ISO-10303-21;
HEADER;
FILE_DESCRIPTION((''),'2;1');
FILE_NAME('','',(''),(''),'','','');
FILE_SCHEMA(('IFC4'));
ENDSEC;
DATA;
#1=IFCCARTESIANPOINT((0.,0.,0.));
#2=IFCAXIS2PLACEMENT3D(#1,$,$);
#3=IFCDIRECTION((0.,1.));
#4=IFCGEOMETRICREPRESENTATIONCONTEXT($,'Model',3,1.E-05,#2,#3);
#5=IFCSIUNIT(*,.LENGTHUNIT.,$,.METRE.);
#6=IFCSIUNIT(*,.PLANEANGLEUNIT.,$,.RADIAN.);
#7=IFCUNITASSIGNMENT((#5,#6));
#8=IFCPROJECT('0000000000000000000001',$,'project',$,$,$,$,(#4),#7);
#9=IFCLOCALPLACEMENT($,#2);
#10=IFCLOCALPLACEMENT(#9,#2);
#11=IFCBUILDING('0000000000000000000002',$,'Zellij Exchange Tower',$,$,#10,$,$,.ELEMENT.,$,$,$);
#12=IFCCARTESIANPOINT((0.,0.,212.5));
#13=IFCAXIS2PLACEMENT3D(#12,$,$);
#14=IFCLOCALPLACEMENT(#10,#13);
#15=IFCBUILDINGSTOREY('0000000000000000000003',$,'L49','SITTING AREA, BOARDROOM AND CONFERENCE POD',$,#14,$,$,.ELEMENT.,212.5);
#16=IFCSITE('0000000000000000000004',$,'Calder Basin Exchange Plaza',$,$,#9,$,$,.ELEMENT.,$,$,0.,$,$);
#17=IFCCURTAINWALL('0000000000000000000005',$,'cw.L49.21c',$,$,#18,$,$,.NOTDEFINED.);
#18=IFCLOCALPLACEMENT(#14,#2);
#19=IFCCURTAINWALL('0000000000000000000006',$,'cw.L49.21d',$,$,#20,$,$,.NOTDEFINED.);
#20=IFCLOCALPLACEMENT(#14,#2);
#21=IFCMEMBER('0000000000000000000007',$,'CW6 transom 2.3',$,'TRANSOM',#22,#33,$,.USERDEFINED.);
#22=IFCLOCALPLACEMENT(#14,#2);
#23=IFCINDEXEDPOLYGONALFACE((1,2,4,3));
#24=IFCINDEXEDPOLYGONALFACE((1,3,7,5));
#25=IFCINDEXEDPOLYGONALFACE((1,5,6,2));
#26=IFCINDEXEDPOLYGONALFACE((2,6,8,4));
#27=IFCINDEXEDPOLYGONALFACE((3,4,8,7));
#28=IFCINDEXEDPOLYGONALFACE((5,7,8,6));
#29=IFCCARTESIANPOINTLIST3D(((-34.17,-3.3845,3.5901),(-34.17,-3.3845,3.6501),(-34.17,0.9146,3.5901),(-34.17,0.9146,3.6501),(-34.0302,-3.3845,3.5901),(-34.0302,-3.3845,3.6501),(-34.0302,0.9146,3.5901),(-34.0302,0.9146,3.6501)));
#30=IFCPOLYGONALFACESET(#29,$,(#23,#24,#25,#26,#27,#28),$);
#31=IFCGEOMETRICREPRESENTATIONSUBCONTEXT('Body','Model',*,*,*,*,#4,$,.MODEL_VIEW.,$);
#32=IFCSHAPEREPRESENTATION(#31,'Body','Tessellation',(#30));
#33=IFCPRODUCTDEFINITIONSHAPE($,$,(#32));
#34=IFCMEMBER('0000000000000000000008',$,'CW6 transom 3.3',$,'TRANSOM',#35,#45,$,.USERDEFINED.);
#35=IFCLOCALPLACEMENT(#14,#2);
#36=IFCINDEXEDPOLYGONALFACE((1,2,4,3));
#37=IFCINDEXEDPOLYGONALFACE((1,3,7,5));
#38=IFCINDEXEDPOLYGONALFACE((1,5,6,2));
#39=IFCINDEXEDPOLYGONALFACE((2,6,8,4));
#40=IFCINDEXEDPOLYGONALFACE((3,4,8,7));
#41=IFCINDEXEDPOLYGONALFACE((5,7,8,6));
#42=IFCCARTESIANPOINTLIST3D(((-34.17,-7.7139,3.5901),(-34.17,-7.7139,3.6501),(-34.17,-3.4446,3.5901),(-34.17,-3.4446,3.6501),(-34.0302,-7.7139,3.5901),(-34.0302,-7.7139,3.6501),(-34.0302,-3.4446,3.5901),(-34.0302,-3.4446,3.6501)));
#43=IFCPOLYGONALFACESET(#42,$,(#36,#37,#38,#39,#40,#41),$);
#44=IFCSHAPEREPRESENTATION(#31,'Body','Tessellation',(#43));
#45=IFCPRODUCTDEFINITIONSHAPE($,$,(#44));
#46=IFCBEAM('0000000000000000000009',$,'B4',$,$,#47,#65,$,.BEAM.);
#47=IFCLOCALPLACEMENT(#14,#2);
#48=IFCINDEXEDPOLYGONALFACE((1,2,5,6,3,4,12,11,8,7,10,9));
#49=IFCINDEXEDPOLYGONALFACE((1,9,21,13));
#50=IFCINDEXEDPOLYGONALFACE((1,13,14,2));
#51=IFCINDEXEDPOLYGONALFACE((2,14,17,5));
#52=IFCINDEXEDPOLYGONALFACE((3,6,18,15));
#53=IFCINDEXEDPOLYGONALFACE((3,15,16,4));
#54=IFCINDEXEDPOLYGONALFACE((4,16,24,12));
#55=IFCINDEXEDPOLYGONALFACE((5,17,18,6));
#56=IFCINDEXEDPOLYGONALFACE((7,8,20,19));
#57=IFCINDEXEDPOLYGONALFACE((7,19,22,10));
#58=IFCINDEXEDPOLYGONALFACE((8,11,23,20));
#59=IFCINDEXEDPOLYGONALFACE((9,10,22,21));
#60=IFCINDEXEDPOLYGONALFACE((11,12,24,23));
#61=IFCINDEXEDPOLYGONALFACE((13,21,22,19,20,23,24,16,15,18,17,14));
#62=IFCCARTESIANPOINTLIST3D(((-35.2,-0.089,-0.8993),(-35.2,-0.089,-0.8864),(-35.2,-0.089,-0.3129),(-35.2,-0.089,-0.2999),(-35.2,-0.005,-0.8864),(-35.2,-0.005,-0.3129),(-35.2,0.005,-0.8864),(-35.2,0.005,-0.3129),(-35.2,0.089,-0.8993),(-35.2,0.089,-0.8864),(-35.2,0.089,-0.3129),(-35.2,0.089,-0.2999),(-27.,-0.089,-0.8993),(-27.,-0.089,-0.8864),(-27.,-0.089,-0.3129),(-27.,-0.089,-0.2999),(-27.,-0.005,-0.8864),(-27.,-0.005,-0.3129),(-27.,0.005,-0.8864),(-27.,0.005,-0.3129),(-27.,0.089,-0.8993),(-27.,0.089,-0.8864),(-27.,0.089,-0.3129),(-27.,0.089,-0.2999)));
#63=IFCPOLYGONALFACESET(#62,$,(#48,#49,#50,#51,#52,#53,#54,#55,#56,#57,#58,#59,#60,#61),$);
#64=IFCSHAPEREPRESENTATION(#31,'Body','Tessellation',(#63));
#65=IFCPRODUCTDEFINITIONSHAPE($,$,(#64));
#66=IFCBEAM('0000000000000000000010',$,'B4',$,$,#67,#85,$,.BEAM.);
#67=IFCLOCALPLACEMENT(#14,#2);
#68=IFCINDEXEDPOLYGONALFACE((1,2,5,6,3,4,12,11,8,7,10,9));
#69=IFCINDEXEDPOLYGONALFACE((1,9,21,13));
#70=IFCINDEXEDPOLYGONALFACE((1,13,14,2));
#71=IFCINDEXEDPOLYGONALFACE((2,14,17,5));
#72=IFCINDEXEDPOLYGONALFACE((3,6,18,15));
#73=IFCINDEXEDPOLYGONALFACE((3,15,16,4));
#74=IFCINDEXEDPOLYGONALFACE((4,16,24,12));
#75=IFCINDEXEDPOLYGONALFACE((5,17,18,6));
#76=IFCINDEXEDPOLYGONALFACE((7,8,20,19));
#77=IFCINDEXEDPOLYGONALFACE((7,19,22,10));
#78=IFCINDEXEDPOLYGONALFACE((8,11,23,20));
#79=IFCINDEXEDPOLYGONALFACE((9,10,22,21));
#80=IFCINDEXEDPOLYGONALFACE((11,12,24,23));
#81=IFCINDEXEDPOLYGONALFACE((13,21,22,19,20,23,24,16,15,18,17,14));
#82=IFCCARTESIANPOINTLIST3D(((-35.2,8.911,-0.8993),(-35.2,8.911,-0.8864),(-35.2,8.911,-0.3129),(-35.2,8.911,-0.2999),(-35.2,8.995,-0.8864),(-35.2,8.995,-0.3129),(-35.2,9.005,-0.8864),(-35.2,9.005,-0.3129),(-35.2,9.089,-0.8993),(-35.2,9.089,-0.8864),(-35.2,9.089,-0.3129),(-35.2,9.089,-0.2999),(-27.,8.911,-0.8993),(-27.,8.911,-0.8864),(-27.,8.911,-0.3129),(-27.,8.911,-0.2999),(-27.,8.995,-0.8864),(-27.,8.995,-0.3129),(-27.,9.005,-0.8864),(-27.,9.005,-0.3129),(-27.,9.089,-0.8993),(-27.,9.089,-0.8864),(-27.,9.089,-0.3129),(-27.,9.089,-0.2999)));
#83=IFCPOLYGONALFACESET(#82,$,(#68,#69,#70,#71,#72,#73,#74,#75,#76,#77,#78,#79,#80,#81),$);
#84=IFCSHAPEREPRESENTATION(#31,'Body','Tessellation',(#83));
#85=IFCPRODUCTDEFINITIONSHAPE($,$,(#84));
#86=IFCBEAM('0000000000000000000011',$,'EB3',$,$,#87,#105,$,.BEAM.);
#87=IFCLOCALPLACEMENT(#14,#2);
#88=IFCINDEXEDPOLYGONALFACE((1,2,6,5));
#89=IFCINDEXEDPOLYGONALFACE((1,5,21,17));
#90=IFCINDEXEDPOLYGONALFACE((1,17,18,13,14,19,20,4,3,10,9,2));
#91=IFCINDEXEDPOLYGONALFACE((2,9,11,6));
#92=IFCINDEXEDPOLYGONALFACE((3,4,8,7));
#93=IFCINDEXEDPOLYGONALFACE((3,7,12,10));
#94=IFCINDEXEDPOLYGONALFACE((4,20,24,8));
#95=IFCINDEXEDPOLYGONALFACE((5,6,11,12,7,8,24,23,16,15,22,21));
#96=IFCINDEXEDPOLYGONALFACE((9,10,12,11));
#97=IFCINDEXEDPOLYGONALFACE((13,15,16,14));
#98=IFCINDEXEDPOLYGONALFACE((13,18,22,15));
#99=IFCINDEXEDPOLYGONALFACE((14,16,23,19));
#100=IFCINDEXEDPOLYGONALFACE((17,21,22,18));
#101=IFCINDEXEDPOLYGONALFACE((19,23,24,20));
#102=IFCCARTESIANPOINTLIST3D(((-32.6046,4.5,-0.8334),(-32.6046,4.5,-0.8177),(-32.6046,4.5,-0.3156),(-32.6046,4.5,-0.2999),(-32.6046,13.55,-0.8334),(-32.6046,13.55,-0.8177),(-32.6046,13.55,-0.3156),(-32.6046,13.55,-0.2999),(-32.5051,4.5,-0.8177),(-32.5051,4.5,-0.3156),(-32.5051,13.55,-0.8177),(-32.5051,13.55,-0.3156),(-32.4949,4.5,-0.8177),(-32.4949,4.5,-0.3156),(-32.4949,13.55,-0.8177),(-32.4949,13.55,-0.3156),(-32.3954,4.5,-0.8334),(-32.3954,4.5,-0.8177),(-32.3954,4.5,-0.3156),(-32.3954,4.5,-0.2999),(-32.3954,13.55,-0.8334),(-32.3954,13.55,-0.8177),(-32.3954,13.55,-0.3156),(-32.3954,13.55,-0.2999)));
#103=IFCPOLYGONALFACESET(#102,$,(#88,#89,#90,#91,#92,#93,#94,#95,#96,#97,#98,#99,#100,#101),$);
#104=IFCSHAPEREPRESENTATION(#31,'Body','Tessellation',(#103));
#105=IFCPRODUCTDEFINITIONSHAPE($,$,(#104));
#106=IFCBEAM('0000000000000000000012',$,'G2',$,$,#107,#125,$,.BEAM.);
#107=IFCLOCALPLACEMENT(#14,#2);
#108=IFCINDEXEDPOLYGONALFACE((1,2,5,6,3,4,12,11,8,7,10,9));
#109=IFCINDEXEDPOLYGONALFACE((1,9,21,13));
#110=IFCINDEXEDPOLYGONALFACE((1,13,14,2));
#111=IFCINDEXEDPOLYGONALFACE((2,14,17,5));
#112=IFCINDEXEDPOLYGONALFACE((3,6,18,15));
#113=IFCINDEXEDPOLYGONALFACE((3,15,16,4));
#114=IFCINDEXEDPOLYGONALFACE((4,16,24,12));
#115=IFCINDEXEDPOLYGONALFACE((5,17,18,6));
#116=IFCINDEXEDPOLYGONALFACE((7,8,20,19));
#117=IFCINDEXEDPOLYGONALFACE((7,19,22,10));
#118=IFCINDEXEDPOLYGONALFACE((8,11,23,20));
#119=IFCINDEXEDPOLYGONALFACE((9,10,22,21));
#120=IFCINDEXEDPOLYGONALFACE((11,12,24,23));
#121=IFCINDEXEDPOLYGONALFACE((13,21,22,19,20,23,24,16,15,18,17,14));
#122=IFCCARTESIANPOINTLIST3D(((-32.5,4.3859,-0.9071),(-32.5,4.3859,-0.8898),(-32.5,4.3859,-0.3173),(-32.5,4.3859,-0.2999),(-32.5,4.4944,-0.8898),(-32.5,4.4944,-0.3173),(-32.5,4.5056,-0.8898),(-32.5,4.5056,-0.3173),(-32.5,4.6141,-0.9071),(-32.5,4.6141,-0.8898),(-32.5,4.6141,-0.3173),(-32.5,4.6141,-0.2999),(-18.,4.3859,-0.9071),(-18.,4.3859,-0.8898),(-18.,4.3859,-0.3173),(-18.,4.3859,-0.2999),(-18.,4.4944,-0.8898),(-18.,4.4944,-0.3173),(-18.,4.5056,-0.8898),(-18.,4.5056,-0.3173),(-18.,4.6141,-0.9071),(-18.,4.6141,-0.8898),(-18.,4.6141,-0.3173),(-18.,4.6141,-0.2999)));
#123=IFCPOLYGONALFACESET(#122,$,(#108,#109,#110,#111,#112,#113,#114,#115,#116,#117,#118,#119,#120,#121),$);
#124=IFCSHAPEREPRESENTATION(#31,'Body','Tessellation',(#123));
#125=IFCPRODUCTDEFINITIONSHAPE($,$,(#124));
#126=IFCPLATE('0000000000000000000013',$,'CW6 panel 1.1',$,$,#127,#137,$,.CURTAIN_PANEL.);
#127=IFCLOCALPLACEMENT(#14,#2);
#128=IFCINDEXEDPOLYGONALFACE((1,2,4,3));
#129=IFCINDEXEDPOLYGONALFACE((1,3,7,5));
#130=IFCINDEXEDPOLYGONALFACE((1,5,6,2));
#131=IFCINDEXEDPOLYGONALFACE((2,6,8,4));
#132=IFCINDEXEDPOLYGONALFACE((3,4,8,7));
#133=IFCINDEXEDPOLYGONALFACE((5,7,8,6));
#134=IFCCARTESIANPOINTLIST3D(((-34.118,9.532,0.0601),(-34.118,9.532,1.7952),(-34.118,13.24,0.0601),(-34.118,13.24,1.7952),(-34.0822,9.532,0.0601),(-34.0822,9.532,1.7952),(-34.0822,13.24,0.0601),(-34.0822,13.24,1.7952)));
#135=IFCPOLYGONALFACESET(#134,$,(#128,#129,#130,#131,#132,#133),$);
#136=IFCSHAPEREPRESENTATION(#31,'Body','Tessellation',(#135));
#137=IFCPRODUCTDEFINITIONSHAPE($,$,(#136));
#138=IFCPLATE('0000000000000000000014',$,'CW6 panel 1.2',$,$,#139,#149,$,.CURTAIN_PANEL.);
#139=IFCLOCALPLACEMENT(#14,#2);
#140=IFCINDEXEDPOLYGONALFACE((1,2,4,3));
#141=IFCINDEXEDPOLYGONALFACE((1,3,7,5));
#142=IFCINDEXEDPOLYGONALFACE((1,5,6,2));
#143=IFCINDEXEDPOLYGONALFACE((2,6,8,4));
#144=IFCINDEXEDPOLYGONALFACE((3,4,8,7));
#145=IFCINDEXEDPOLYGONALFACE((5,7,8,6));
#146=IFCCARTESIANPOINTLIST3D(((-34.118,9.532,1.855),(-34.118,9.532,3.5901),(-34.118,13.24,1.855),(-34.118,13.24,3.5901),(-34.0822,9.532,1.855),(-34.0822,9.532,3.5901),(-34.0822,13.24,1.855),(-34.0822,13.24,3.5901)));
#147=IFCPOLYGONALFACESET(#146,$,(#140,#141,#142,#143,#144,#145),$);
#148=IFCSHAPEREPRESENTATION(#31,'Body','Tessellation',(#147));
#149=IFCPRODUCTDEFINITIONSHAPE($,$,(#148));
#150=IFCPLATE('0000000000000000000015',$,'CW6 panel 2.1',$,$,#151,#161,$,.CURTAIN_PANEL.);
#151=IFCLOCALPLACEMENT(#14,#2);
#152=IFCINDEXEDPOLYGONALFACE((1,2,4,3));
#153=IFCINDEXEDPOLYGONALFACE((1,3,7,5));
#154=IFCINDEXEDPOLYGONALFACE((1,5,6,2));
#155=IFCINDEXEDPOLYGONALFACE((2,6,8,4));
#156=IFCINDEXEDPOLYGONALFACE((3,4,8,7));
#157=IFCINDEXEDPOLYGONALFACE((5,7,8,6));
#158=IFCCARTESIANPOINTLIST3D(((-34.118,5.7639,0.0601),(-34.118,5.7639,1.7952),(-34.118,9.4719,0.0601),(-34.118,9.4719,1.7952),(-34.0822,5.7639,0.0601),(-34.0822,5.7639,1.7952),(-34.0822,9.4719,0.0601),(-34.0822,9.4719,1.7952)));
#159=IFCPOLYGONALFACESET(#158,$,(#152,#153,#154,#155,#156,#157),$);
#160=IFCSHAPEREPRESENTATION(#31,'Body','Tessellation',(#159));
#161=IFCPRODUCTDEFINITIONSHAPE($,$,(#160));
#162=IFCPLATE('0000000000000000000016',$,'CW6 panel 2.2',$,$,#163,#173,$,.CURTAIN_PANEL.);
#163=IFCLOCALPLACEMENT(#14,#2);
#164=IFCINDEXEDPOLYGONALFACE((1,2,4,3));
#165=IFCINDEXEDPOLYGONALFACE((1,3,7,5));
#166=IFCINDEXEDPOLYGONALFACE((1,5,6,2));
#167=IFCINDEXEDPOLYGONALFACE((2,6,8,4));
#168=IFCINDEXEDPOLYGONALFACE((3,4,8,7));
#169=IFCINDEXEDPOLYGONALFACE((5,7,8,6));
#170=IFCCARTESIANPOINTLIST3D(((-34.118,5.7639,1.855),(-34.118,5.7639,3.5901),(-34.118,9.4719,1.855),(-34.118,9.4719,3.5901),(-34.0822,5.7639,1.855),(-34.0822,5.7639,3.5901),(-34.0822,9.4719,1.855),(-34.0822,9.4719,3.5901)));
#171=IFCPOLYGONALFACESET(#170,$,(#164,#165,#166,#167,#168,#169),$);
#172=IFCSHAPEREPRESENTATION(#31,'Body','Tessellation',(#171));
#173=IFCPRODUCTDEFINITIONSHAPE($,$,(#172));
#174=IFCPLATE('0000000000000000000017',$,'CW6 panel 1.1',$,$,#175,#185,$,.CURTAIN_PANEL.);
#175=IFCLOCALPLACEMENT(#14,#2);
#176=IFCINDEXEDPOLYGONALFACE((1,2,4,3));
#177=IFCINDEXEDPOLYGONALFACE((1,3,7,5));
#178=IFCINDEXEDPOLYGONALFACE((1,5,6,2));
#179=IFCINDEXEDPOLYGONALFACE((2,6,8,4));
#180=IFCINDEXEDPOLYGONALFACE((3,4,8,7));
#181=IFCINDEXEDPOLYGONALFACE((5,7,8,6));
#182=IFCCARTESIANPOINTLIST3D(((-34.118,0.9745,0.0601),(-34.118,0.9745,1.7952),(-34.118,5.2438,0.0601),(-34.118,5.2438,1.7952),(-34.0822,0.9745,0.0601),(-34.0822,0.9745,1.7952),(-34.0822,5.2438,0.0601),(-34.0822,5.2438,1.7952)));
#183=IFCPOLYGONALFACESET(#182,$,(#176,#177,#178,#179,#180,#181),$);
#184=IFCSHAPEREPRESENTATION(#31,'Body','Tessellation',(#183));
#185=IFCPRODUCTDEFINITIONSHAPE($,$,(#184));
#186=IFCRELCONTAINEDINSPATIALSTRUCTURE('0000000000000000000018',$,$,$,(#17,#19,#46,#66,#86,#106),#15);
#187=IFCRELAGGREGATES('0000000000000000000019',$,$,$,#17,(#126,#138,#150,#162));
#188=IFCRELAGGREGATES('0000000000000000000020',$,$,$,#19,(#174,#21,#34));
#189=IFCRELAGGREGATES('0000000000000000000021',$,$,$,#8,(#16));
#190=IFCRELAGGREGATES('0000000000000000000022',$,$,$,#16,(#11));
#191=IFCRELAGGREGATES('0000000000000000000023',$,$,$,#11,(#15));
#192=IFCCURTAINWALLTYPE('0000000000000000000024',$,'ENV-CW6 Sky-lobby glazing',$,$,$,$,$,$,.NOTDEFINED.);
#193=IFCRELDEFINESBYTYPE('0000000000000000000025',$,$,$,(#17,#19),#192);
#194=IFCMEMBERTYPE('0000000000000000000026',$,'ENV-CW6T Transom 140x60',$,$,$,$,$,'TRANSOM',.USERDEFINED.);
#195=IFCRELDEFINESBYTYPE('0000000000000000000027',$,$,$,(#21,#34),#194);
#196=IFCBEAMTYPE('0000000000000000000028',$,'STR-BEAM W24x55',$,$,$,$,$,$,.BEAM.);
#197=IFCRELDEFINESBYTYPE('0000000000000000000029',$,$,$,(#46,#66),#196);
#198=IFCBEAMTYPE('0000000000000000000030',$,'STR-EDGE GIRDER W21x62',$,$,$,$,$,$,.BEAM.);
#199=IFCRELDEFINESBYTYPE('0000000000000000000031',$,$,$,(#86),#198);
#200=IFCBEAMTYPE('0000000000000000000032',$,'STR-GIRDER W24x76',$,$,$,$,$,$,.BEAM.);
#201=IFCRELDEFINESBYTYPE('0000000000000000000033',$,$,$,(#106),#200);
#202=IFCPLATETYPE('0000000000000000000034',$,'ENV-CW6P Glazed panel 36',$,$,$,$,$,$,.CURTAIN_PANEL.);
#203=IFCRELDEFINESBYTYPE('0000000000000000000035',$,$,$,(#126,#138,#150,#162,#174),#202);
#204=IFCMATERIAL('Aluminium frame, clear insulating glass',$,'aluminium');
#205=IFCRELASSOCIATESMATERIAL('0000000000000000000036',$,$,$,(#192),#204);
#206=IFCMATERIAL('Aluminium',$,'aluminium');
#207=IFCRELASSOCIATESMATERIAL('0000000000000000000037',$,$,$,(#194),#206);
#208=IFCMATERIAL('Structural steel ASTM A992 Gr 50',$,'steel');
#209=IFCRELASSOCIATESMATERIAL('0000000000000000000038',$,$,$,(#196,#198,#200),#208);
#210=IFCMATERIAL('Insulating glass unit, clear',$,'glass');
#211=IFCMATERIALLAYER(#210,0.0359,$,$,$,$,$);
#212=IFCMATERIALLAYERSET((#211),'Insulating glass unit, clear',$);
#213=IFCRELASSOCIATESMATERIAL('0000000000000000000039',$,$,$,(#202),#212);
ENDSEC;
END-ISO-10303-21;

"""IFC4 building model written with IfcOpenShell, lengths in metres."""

from ifc_helpers import new_model, si_unit, direction, frame, origin, origin_2d, place, context, subcontext, project, spatial, rectangle, i_section, extrude, material, layer, layer_set, material_profile, profile_set, type_object, element, aggregate, save


model = new_model("IFC4")

# Units and contexts
model_context = context("Model", 3, precision=1e-05, world=origin(), true_north=direction((0.0, 1.0)))
body_context = subcontext(model_context, "Body", "Model", "MODEL_VIEW")
ifc_project = project(units=[si_unit("LENGTHUNIT", "METRE"), si_unit("PLANEANGLEUNIT", "RADIAN")], contexts=[model_context])

# Site, building, storey
site_placement = place(None, origin())
site = spatial("IfcSite", under=ifc_project, at=site_placement, Name="Calder Basin Exchange Plaza", CompositionType="ELEMENT", RefElevation=0.0)
building_placement = place(site_placement, origin())
building = spatial("IfcBuilding", under=site, at=building_placement, Name="Zellij Exchange Tower", CompositionType="ELEMENT")
storey_placement = place(building_placement, frame((0.0, 0.0, 212.5)))
storey = spatial("IfcBuildingStorey", under=building, at=storey_placement, Name="L49", Description="SITTING AREA, BOARDROOM AND CONFERENCE POD", CompositionType="ELEMENT", Elevation=212.5)

# Curtain walls
ifc_material_1 = material(Name="Aluminium frame, clear insulating glass", Category="aluminium")
curtain_wall_type = type_object("IfcCurtainWallType", Name="ENV-CW6 Sky-lobby glazing", PredefinedType="NOTDEFINED", material=ifc_material_1)
curtain_wall_1_placement = place(storey_placement, origin())
curtain_wall_1 = element("IfcCurtainWall", 1, at=curtain_wall_1_placement, inside=storey, type_object=curtain_wall_type, Name="cw.L49.21c", PredefinedType="NOTDEFINED")
ifc_material_2 = material(Name="Aluminium", Category="aluminium")
curtain_wall_2_placement = place(storey_placement, origin())
curtain_wall_2 = element("IfcCurtainWall", 2, at=curtain_wall_2_placement, inside=storey, type_object=curtain_wall_type, Name="cw.L49.21d", PredefinedType="NOTDEFINED")

# Members
ifc_material_profile_1 = material_profile(ifc_material_2, rectangle(XDim=0.1399, YDim=0.0601, at=origin_2d()), Name="AL 140x60")
ifc_profile_set_1 = profile_set([ifc_material_profile_1], Name="Aluminium")
member_type_1 = type_object("IfcMemberType", Name="ENV-CW6T Transom 140x60", ElementType="TRANSOM", PredefinedType="USERDEFINED", material=ifc_profile_set_1)
member_1_placement = place(storey_placement, frame((-34.1001, 0.9146, 3.6201), z_axis=(0.0, -1.0, 0.0), x_axis=(1.0, 0.0, 0.0)))
member_1 = element("IfcMember", 3, at=member_1_placement, type_object=member_type_1, Name="CW6 transom 2.3", ObjectType="TRANSOM", PredefinedType="USERDEFINED", context=body_context, shape_type="SweptSolid", body=[
    extrude(rectangle(XDim=0.1399, YDim=0.0601, at=origin_2d()), origin(), (0.0, 0.0, 1.0), 4.2991),
])
member_2_placement = place(storey_placement, frame((-34.1001, -3.4446, 3.6201), z_axis=(0.0, -1.0, 0.0), x_axis=(1.0, 0.0, 0.0)))
member_2 = element("IfcMember", 4, at=member_2_placement, type_object=member_type_1, Name="CW6 transom 3.3", ObjectType="TRANSOM", PredefinedType="USERDEFINED", context=body_context, shape_type="SweptSolid", body=[
    extrude(rectangle(XDim=0.1399, YDim=0.0601, at=origin_2d()), origin(), (0.0, 0.0, 1.0), 4.2693),
])

# Beams
ifc_material_3 = material(Name="Structural steel ASTM A992 Gr 50", Category="steel")
ifc_material_profile_2 = material_profile(ifc_material_3, i_section(OverallWidth=0.178, OverallDepth=0.5994, WebThickness=0.01, FlangeThickness=0.0129, at=origin_2d()), Name="W24x55")
ifc_profile_set_2 = profile_set([ifc_material_profile_2], Name="Structural steel ASTM A992 Gr 50")
beam_type_1 = type_object("IfcBeamType", Name="STR-BEAM W24x55", PredefinedType="BEAM", material=ifc_profile_set_2)
for number, where, z_axis, x_axis, name in (
    (5, (-35.2, 0.0, -0.5996), (1.0, 0.0, 0.0), (0.0, 1.0, 0.0), "B4"),
    (6, (-35.2, 9.0, -0.5996), (1.0, 0.0, 0.0), (0.0, 1.0, 0.0), "B4"),
):
    element("IfcBeam", number, at=place(storey_placement, frame(where, z_axis=z_axis, x_axis=x_axis)), inside=storey, type_object=beam_type_1, Name=name, PredefinedType="BEAM", context=body_context, shape_type="SweptSolid", body=[
        extrude(i_section(OverallWidth=0.178, OverallDepth=0.5994, WebThickness=0.01, FlangeThickness=0.0129, at=origin_2d()), origin(), (0.0, 0.0, 1.0), 8.2),
    ])
ifc_material_profile_3 = material_profile(ifc_material_3, i_section(OverallWidth=0.2092, OverallDepth=0.5334, WebThickness=0.0103, FlangeThickness=0.0156, at=origin_2d()), Name="W21x62")
ifc_profile_set_3 = profile_set([ifc_material_profile_3], Name="Structural steel ASTM A992 Gr 50")
beam_type_2 = type_object("IfcBeamType", Name="STR-EDGE GIRDER W21x62", PredefinedType="BEAM", material=ifc_profile_set_3)
beam_1_placement = place(storey_placement, frame((-32.5, 4.5, -0.5667), z_axis=(0.0, 1.0, 0.0), x_axis=(-1.0, 0.0, 0.0)))
element("IfcBeam", 7, at=beam_1_placement, inside=storey, type_object=beam_type_2, Name="EB3", PredefinedType="BEAM", context=body_context, shape_type="SweptSolid", body=[
    extrude(i_section(OverallWidth=0.2092, OverallDepth=0.5334, WebThickness=0.0103, FlangeThickness=0.0156, at=origin_2d()), origin(), (0.0, 0.0, 1.0), 9.05),
])
ifc_material_profile_4 = material_profile(ifc_material_3, i_section(OverallWidth=0.2283, OverallDepth=0.6072, WebThickness=0.0112, FlangeThickness=0.0173, at=origin_2d()), Name="W24x76")
ifc_profile_set_4 = profile_set([ifc_material_profile_4], Name="Structural steel ASTM A992 Gr 50")
beam_type_3 = type_object("IfcBeamType", Name="STR-GIRDER W24x76", PredefinedType="BEAM", material=ifc_profile_set_4)
beam_2_placement = place(storey_placement, frame((-32.5, 4.5, -0.6035), z_axis=(1.0, 0.0, 0.0), x_axis=(0.0, 1.0, 0.0)))
element("IfcBeam", 8, at=beam_2_placement, inside=storey, type_object=beam_type_3, Name="G2", PredefinedType="BEAM", context=body_context, shape_type="SweptSolid", body=[
    extrude(i_section(OverallWidth=0.2283, OverallDepth=0.6072, WebThickness=0.0112, FlangeThickness=0.0173, at=origin_2d()), origin(), (0.0, 0.0, 1.0), 14.5),
])

# Plates
ifc_material_4 = material(Name="Insulating glass unit, clear", Category="glass")
ifc_layer_1 = layer(ifc_material_4, 0.0359)
ifc_layer_set_1 = layer_set([ifc_layer_1], Name="Insulating glass unit, clear")
plate_type = type_object("IfcPlateType", Name="ENV-CW6P Glazed panel 36", PredefinedType="CURTAIN_PANEL", material=ifc_layer_set_1)
plate_1_placement = place(storey_placement, frame((-34.1001, 11.386, 0.0601), z_axis=(0.0, 0.0, 1.0), x_axis=(0.0, -1.0, 0.0)))
plate_1 = element("IfcPlate", 9, at=plate_1_placement, type_object=plate_type, Name="CW6 panel 1.1", PredefinedType="CURTAIN_PANEL", context=body_context, shape_type="SweptSolid", body=[
    extrude(rectangle(XDim=3.708, YDim=0.0359, at=origin_2d()), origin(), (0.0, 0.0, 1.0), 1.7351),
])
plate_2_placement = place(storey_placement, frame((-34.1001, 11.386, 1.855), z_axis=(0.0, 0.0, 1.0), x_axis=(0.0, -1.0, 0.0)))
plate_2 = element("IfcPlate", 10, at=plate_2_placement, type_object=plate_type, Name="CW6 panel 1.2", PredefinedType="CURTAIN_PANEL", context=body_context, shape_type="SweptSolid", body=[
    extrude(rectangle(XDim=3.708, YDim=0.0359, at=origin_2d()), origin(), (0.0, 0.0, 1.0), 1.7351),
])
plate_3_placement = place(storey_placement, frame((-34.1001, 7.6179, 0.0601), z_axis=(0.0, 0.0, 1.0), x_axis=(0.0, -1.0, 0.0)))
plate_3 = element("IfcPlate", 11, at=plate_3_placement, type_object=plate_type, Name="CW6 panel 2.1", PredefinedType="CURTAIN_PANEL", context=body_context, shape_type="SweptSolid", body=[
    extrude(rectangle(XDim=3.708, YDim=0.0359, at=origin_2d()), origin(), (0.0, 0.0, 1.0), 1.7351),
])
plate_4_placement = place(storey_placement, frame((-34.1001, 7.6179, 1.855), z_axis=(0.0, 0.0, 1.0), x_axis=(0.0, -1.0, 0.0)))
plate_4 = element("IfcPlate", 12, at=plate_4_placement, type_object=plate_type, Name="CW6 panel 2.2", PredefinedType="CURTAIN_PANEL", context=body_context, shape_type="SweptSolid", body=[
    extrude(rectangle(XDim=3.708, YDim=0.0359, at=origin_2d()), origin(), (0.0, 0.0, 1.0), 1.7351),
])
aggregate(curtain_wall_1, [plate_1, plate_2, plate_3, plate_4])
plate_5_placement = place(storey_placement, frame((-34.1001, 3.1091, 0.0601), z_axis=(0.0, 0.0, 1.0), x_axis=(0.0, -1.0, 0.0)))
plate_5 = element("IfcPlate", 13, at=plate_5_placement, type_object=plate_type, Name="CW6 panel 1.1", PredefinedType="CURTAIN_PANEL", context=body_context, shape_type="SweptSolid", body=[
    extrude(rectangle(XDim=4.2693, YDim=0.0359, at=origin_2d()), origin(), (0.0, 0.0, 1.0), 1.7351),
])
aggregate(curtain_wall_2, [plate_5, member_1, member_2])

save(model, "model.ifc")
